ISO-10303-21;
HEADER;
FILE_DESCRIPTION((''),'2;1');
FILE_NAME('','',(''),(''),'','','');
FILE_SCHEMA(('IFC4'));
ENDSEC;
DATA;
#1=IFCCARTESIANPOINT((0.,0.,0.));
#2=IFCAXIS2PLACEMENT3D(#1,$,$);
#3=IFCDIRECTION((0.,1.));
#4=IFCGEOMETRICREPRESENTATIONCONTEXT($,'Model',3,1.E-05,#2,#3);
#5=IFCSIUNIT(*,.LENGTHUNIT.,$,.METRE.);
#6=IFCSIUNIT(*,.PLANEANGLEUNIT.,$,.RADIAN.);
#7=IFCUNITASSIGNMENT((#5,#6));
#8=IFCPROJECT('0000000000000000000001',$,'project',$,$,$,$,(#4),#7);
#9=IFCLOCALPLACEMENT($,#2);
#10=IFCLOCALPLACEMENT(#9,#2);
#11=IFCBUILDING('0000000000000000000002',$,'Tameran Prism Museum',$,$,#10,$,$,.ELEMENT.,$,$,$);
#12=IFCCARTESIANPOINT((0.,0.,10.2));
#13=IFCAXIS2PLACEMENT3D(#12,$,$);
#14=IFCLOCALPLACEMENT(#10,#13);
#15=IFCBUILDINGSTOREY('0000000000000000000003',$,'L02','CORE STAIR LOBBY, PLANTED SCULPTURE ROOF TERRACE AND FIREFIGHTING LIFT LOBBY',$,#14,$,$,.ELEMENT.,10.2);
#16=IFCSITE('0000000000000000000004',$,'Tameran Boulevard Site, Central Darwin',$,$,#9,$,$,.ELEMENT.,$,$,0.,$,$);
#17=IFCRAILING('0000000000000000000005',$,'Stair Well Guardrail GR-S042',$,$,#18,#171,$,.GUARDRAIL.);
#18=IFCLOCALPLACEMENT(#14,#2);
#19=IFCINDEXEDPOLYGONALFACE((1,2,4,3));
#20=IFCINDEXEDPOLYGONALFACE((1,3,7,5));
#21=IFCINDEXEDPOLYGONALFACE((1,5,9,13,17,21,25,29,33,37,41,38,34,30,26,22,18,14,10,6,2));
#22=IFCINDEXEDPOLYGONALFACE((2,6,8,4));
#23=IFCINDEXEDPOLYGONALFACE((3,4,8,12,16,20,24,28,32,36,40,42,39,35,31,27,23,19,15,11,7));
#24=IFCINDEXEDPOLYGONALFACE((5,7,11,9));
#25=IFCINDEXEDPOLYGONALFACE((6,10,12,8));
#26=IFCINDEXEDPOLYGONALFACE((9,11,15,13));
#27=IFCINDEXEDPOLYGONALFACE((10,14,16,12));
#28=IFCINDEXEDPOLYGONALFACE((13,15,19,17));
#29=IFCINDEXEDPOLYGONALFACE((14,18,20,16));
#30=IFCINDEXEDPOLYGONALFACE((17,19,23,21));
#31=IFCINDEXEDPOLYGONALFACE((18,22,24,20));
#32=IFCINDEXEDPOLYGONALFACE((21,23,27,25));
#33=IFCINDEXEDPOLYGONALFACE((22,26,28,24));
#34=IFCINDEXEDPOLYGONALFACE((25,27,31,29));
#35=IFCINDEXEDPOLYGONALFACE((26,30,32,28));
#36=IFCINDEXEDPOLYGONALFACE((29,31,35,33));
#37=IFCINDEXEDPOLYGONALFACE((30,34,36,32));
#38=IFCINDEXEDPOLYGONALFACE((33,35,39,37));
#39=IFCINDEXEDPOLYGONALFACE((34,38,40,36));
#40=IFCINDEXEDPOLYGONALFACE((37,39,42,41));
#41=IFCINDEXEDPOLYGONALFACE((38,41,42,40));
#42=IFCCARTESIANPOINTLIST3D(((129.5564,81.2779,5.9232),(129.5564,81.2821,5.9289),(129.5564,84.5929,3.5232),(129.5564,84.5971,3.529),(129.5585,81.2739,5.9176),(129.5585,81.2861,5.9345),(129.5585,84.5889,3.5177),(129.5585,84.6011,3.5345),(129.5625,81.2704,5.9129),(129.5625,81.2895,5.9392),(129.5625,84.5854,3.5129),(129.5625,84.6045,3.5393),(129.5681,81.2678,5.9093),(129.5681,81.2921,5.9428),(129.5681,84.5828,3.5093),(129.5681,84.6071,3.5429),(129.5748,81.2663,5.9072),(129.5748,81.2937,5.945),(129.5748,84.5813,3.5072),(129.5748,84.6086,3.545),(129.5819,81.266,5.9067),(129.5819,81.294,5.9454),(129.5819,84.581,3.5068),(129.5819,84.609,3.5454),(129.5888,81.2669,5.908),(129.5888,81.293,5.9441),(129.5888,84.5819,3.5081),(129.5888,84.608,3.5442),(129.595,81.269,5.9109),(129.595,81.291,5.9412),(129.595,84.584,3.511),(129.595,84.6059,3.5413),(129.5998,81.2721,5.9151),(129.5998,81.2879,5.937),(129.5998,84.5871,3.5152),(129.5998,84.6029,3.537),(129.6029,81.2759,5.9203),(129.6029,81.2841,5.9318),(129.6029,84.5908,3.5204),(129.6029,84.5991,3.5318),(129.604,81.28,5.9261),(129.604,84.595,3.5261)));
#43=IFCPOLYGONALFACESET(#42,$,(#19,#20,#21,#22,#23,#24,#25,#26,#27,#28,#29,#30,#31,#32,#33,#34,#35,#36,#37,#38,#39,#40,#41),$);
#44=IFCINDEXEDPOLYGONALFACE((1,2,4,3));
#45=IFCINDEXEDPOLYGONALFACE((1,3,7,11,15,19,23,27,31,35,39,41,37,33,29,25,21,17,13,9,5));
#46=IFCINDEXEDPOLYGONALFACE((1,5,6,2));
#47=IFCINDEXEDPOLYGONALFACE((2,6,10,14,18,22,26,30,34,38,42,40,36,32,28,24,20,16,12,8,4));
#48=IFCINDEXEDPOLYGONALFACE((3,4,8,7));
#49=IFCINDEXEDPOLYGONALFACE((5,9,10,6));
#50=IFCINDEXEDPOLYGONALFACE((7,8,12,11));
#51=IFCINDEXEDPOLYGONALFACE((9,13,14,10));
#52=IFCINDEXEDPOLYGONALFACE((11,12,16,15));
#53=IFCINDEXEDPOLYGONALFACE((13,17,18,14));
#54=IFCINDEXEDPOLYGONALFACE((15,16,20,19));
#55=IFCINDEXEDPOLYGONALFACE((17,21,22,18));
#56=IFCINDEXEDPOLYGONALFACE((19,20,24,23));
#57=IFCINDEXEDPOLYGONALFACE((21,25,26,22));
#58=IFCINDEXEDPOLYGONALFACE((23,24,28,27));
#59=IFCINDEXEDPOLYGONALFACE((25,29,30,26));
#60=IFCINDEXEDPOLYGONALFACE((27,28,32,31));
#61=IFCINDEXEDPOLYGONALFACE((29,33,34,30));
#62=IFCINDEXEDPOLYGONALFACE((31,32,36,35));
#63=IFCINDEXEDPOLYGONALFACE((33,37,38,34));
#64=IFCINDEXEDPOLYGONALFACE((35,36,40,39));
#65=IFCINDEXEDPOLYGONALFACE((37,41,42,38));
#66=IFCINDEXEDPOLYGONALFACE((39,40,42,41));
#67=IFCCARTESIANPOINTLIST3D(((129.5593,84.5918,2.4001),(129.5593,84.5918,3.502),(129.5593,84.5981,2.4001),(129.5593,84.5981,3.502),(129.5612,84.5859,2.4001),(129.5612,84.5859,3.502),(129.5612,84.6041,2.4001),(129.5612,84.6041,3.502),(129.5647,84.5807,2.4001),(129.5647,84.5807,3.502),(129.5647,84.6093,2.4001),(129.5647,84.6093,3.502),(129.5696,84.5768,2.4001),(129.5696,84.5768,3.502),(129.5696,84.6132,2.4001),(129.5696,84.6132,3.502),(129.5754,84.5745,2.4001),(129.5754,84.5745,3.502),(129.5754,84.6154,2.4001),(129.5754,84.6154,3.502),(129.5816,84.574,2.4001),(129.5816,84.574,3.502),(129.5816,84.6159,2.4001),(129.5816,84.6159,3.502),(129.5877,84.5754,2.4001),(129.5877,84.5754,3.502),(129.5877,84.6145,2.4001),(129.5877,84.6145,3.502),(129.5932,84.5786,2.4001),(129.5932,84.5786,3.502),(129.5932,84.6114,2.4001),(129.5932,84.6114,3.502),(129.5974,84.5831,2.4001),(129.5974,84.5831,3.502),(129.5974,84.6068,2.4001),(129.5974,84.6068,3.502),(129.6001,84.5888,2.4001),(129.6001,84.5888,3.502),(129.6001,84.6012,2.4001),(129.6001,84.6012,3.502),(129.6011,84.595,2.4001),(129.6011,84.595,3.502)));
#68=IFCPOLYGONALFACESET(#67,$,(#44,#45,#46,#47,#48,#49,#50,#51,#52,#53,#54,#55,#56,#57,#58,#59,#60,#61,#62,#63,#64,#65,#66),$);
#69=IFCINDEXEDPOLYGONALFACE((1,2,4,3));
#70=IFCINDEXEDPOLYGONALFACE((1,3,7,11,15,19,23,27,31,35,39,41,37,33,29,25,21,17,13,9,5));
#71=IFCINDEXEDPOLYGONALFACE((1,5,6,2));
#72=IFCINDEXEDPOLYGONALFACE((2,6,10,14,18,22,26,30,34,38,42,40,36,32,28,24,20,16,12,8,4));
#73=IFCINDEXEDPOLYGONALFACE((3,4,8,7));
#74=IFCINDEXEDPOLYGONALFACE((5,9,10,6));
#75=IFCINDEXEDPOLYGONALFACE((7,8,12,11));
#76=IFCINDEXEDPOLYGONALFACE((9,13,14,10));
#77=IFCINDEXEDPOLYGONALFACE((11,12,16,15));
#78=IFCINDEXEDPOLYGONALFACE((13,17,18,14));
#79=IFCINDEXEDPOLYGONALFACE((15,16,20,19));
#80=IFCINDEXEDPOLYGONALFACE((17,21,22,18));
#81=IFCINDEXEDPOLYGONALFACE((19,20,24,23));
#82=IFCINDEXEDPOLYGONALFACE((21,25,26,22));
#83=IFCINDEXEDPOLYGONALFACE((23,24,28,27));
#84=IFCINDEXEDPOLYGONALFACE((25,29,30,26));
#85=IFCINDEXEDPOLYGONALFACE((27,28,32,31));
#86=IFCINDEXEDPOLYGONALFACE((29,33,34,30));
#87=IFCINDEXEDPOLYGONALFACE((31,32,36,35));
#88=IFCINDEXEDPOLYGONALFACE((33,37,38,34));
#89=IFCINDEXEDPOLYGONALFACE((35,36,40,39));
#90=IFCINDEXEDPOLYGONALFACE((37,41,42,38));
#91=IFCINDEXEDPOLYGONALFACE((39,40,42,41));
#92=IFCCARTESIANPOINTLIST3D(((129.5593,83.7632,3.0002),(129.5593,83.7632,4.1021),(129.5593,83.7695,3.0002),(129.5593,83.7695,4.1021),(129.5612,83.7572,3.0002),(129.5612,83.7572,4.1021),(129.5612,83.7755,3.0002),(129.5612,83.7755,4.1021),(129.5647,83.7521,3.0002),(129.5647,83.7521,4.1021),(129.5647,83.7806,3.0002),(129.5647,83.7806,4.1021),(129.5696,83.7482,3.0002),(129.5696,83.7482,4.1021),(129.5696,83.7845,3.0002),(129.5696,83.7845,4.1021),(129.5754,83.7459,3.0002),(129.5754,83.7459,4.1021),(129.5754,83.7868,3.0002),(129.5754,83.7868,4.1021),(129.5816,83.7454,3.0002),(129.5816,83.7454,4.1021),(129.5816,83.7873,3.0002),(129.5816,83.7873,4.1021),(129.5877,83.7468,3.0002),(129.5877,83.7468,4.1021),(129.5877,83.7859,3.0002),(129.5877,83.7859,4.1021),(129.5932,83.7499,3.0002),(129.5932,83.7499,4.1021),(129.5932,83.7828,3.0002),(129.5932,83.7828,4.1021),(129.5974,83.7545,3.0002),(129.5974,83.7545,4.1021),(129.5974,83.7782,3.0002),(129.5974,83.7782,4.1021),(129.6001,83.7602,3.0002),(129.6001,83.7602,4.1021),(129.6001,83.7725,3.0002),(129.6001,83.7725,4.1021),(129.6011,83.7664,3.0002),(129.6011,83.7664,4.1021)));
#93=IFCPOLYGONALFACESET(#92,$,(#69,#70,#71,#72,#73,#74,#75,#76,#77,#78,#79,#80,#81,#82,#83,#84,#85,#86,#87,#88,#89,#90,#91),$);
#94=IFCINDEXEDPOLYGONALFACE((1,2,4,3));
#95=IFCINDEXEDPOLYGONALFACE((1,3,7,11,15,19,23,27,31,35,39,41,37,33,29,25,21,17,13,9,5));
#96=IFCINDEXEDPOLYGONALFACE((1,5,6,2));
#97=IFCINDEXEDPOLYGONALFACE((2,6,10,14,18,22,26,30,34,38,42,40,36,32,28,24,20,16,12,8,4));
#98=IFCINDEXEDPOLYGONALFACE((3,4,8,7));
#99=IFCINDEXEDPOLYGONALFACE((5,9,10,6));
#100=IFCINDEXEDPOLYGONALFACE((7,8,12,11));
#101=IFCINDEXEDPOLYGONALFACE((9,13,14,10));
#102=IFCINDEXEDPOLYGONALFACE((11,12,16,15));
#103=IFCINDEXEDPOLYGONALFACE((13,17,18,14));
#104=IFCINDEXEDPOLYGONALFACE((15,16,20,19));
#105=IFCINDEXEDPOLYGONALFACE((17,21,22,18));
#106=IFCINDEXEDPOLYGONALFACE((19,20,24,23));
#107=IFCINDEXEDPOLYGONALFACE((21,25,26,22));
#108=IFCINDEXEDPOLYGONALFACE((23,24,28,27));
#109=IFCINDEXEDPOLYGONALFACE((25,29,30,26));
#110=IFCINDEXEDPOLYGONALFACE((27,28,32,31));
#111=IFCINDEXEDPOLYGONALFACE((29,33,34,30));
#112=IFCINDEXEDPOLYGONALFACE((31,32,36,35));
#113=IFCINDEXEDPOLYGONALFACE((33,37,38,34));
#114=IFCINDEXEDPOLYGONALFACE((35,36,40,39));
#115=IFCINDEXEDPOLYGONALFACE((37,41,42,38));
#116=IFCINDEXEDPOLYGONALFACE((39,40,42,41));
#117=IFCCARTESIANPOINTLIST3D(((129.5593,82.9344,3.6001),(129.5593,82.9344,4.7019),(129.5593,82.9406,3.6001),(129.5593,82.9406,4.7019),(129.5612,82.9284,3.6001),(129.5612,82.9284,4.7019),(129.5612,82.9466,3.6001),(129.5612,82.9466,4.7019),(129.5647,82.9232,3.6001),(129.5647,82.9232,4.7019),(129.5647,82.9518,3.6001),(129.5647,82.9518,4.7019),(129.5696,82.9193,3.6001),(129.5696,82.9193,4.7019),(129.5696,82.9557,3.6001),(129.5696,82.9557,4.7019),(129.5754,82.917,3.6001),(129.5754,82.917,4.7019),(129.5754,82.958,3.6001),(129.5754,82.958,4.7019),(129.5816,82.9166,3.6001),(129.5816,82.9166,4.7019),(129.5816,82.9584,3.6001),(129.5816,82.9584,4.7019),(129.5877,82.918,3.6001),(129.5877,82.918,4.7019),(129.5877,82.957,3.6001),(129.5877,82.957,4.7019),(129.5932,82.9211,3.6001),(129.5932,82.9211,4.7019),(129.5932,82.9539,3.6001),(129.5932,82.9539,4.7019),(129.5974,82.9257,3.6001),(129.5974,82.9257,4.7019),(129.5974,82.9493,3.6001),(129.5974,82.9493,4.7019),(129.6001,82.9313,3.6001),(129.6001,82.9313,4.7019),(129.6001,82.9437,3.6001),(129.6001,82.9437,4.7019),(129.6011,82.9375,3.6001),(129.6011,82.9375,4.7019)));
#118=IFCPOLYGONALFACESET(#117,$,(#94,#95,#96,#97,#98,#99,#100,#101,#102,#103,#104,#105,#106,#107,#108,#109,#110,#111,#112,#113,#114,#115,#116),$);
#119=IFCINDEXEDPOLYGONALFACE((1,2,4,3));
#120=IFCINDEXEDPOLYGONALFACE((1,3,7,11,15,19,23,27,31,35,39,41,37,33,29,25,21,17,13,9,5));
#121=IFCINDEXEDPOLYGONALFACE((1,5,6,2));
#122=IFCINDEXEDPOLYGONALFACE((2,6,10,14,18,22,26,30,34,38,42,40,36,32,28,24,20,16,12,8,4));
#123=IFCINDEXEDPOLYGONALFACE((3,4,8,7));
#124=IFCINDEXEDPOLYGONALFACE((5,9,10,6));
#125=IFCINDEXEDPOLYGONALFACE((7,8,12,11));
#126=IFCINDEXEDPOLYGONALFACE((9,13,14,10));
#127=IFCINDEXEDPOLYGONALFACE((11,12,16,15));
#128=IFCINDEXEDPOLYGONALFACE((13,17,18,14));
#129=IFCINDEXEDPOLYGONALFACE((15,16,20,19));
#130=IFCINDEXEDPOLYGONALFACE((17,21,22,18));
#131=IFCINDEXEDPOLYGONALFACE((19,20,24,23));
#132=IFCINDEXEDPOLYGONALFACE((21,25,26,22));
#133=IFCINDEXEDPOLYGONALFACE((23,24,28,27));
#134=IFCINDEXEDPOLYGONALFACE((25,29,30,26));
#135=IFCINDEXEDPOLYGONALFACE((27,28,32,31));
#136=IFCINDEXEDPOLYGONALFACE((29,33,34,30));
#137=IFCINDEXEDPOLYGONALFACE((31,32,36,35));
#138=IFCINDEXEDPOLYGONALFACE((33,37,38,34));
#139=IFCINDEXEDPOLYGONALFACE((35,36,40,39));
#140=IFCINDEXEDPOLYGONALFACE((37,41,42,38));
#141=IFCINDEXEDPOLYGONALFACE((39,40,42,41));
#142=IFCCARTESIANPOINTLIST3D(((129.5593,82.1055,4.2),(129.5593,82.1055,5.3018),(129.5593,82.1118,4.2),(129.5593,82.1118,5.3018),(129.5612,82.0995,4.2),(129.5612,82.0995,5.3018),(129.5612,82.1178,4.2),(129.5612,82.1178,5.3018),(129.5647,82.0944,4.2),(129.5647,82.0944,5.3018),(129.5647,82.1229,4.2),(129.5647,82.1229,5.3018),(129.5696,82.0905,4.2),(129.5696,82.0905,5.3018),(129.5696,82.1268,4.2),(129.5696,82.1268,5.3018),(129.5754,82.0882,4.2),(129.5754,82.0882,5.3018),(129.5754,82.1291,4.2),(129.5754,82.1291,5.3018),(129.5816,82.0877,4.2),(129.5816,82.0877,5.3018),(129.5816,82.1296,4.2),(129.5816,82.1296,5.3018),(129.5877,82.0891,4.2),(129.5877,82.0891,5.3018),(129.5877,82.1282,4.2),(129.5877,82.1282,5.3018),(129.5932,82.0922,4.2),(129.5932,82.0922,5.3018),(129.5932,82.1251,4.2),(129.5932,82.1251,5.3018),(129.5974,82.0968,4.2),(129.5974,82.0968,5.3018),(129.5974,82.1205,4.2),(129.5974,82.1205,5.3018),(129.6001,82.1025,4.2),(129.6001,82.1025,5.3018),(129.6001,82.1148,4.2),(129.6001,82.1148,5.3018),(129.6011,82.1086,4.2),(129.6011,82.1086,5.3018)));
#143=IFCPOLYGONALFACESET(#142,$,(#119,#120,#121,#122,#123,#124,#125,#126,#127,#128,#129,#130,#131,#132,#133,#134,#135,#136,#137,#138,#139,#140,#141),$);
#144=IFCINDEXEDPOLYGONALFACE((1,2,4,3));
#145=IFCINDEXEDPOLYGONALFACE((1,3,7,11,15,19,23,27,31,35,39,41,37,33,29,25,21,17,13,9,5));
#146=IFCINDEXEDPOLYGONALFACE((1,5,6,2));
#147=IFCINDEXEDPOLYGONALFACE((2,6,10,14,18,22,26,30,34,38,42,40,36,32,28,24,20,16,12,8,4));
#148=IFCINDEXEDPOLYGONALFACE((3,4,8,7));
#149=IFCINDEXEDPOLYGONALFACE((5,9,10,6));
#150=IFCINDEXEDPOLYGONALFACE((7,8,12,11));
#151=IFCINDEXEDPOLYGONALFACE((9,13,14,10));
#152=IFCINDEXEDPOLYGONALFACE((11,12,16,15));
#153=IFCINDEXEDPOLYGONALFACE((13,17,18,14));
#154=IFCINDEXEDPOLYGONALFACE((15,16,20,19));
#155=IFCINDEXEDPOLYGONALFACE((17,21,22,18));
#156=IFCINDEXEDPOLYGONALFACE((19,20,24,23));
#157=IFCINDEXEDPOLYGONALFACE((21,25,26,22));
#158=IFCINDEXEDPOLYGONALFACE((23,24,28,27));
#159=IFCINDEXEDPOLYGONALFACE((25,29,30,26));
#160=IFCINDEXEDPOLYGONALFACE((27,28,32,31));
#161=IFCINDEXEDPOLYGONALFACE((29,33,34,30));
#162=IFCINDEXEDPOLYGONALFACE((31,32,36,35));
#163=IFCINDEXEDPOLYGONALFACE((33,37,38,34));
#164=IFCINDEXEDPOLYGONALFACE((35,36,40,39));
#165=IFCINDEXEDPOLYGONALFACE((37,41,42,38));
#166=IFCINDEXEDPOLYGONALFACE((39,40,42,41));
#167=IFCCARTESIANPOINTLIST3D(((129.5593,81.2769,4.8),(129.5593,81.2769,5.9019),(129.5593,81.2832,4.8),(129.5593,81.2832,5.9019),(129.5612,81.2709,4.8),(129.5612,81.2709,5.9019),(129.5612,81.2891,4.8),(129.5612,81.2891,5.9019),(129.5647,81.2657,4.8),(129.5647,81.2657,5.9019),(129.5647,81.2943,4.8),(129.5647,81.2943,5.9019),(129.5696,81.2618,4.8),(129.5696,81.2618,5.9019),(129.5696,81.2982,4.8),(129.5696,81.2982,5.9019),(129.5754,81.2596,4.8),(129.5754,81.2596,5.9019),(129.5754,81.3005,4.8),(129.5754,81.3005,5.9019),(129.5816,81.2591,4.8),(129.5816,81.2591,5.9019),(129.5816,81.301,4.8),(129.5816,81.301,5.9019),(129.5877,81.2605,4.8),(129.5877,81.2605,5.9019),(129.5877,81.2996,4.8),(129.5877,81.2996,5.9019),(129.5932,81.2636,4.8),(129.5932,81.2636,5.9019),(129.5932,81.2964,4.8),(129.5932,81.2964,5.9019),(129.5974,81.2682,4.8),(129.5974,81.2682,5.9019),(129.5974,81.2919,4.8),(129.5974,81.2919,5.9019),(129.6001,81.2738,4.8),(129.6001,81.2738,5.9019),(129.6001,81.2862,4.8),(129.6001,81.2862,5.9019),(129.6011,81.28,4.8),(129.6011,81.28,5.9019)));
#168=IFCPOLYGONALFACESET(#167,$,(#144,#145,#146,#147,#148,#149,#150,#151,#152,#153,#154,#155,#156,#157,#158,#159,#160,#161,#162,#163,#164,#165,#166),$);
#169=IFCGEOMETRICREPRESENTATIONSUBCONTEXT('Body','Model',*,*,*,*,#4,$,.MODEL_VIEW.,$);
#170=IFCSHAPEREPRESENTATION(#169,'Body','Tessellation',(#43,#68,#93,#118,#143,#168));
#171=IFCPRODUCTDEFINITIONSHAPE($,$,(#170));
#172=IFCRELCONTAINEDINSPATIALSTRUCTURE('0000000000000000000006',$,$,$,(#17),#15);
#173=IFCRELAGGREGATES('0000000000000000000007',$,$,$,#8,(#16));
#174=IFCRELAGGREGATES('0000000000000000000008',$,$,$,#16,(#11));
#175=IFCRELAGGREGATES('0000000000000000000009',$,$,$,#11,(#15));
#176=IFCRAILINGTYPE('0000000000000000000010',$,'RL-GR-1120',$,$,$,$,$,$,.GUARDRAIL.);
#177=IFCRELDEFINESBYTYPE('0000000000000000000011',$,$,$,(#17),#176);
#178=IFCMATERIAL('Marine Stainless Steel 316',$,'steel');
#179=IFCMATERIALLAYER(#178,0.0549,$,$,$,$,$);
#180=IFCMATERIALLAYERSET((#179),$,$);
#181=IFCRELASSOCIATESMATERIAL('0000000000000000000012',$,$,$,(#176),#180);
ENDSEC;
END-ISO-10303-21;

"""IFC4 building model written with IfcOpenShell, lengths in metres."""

from ifc_helpers import new_model, si_unit, direction, frame, origin, origin_2d, place, context, subcontext, project, spatial, circle, extrude, material, layer, layer_set, type_object, element, save


model = new_model("IFC4")

# Units and contexts
model_context = context("Model", 3, precision=1e-05, world=origin(), true_north=direction((0.0, 1.0)))
body_context = subcontext(model_context, "Body", "Model", "MODEL_VIEW")
ifc_project = project(units=[si_unit("LENGTHUNIT", "METRE"), si_unit("PLANEANGLEUNIT", "RADIAN")], contexts=[model_context])

# Site, building, storey
site_placement = place(None, origin())
site = spatial("IfcSite", under=ifc_project, at=site_placement, Name="Tameran Boulevard Site, Central Darwin", CompositionType="ELEMENT", RefElevation=0.0)
building_placement = place(site_placement, origin())
building = spatial("IfcBuilding", under=site, at=building_placement, Name="Tameran Prism Museum", CompositionType="ELEMENT")
storey_placement = place(building_placement, frame((0.0, 0.0, 10.2)))
storey = spatial("IfcBuildingStorey", under=building, at=storey_placement, Name="L02", Description="CORE STAIR LOBBY, PLANTED SCULPTURE ROOF TERRACE AND FIREFIGHTING LIFT LOBBY", CompositionType="ELEMENT", Elevation=10.2)

# Railing
ifc_material_1 = material(Name="Marine Stainless Steel 316", Category="steel")
ifc_layer_1 = layer(ifc_material_1, 0.0549)
ifc_layer_set_1 = layer_set([ifc_layer_1])
railing_type_1 = type_object("IfcRailingType", Name="RL-GR-1120", PredefinedType="GUARDRAIL", material=ifc_layer_set_1)
railing_1_placement = place(storey_placement, frame((129.5801, 84.595, 2.4001)))
element("IfcRailing", 1, at=railing_1_placement, inside=storey, type_object=railing_type_1, Name="Stair Well Guardrail GR-S042", PredefinedType="GUARDRAIL", context=body_context, shape_type="SweptSolid", body=[
    extrude(circle(Radius=0.0239, at=origin_2d()), frame((0.0, 0.0, 1.126), z_axis=(0.0, -0.810009, 0.586418), x_axis=(1.0, 0.0, 0.0)), (0.0, 0.0, 1.0), 4.0925),
    extrude(circle(Radius=0.021, at=origin_2d()), origin(), (0.0, 0.0, 1.0), 1.1018),
    extrude(circle(Radius=0.021, at=origin_2d()), frame((0.0, -0.8286, 0.6001)), (0.0, 0.0, 1.0), 1.1018),
    extrude(circle(Radius=0.021, at=origin_2d()), frame((0.0, -1.6575, 1.2)), (0.0, 0.0, 1.0), 1.1018),
    extrude(circle(Radius=0.021, at=origin_2d()), frame((0.0, -2.4863, 1.7998)), (0.0, 0.0, 1.0), 1.1018),
    extrude(circle(Radius=0.021, at=origin_2d()), frame((0.0, -3.3149, 2.3999)), (0.0, 0.0, 1.0), 1.1018),
])

save(model, "model.ifc")
